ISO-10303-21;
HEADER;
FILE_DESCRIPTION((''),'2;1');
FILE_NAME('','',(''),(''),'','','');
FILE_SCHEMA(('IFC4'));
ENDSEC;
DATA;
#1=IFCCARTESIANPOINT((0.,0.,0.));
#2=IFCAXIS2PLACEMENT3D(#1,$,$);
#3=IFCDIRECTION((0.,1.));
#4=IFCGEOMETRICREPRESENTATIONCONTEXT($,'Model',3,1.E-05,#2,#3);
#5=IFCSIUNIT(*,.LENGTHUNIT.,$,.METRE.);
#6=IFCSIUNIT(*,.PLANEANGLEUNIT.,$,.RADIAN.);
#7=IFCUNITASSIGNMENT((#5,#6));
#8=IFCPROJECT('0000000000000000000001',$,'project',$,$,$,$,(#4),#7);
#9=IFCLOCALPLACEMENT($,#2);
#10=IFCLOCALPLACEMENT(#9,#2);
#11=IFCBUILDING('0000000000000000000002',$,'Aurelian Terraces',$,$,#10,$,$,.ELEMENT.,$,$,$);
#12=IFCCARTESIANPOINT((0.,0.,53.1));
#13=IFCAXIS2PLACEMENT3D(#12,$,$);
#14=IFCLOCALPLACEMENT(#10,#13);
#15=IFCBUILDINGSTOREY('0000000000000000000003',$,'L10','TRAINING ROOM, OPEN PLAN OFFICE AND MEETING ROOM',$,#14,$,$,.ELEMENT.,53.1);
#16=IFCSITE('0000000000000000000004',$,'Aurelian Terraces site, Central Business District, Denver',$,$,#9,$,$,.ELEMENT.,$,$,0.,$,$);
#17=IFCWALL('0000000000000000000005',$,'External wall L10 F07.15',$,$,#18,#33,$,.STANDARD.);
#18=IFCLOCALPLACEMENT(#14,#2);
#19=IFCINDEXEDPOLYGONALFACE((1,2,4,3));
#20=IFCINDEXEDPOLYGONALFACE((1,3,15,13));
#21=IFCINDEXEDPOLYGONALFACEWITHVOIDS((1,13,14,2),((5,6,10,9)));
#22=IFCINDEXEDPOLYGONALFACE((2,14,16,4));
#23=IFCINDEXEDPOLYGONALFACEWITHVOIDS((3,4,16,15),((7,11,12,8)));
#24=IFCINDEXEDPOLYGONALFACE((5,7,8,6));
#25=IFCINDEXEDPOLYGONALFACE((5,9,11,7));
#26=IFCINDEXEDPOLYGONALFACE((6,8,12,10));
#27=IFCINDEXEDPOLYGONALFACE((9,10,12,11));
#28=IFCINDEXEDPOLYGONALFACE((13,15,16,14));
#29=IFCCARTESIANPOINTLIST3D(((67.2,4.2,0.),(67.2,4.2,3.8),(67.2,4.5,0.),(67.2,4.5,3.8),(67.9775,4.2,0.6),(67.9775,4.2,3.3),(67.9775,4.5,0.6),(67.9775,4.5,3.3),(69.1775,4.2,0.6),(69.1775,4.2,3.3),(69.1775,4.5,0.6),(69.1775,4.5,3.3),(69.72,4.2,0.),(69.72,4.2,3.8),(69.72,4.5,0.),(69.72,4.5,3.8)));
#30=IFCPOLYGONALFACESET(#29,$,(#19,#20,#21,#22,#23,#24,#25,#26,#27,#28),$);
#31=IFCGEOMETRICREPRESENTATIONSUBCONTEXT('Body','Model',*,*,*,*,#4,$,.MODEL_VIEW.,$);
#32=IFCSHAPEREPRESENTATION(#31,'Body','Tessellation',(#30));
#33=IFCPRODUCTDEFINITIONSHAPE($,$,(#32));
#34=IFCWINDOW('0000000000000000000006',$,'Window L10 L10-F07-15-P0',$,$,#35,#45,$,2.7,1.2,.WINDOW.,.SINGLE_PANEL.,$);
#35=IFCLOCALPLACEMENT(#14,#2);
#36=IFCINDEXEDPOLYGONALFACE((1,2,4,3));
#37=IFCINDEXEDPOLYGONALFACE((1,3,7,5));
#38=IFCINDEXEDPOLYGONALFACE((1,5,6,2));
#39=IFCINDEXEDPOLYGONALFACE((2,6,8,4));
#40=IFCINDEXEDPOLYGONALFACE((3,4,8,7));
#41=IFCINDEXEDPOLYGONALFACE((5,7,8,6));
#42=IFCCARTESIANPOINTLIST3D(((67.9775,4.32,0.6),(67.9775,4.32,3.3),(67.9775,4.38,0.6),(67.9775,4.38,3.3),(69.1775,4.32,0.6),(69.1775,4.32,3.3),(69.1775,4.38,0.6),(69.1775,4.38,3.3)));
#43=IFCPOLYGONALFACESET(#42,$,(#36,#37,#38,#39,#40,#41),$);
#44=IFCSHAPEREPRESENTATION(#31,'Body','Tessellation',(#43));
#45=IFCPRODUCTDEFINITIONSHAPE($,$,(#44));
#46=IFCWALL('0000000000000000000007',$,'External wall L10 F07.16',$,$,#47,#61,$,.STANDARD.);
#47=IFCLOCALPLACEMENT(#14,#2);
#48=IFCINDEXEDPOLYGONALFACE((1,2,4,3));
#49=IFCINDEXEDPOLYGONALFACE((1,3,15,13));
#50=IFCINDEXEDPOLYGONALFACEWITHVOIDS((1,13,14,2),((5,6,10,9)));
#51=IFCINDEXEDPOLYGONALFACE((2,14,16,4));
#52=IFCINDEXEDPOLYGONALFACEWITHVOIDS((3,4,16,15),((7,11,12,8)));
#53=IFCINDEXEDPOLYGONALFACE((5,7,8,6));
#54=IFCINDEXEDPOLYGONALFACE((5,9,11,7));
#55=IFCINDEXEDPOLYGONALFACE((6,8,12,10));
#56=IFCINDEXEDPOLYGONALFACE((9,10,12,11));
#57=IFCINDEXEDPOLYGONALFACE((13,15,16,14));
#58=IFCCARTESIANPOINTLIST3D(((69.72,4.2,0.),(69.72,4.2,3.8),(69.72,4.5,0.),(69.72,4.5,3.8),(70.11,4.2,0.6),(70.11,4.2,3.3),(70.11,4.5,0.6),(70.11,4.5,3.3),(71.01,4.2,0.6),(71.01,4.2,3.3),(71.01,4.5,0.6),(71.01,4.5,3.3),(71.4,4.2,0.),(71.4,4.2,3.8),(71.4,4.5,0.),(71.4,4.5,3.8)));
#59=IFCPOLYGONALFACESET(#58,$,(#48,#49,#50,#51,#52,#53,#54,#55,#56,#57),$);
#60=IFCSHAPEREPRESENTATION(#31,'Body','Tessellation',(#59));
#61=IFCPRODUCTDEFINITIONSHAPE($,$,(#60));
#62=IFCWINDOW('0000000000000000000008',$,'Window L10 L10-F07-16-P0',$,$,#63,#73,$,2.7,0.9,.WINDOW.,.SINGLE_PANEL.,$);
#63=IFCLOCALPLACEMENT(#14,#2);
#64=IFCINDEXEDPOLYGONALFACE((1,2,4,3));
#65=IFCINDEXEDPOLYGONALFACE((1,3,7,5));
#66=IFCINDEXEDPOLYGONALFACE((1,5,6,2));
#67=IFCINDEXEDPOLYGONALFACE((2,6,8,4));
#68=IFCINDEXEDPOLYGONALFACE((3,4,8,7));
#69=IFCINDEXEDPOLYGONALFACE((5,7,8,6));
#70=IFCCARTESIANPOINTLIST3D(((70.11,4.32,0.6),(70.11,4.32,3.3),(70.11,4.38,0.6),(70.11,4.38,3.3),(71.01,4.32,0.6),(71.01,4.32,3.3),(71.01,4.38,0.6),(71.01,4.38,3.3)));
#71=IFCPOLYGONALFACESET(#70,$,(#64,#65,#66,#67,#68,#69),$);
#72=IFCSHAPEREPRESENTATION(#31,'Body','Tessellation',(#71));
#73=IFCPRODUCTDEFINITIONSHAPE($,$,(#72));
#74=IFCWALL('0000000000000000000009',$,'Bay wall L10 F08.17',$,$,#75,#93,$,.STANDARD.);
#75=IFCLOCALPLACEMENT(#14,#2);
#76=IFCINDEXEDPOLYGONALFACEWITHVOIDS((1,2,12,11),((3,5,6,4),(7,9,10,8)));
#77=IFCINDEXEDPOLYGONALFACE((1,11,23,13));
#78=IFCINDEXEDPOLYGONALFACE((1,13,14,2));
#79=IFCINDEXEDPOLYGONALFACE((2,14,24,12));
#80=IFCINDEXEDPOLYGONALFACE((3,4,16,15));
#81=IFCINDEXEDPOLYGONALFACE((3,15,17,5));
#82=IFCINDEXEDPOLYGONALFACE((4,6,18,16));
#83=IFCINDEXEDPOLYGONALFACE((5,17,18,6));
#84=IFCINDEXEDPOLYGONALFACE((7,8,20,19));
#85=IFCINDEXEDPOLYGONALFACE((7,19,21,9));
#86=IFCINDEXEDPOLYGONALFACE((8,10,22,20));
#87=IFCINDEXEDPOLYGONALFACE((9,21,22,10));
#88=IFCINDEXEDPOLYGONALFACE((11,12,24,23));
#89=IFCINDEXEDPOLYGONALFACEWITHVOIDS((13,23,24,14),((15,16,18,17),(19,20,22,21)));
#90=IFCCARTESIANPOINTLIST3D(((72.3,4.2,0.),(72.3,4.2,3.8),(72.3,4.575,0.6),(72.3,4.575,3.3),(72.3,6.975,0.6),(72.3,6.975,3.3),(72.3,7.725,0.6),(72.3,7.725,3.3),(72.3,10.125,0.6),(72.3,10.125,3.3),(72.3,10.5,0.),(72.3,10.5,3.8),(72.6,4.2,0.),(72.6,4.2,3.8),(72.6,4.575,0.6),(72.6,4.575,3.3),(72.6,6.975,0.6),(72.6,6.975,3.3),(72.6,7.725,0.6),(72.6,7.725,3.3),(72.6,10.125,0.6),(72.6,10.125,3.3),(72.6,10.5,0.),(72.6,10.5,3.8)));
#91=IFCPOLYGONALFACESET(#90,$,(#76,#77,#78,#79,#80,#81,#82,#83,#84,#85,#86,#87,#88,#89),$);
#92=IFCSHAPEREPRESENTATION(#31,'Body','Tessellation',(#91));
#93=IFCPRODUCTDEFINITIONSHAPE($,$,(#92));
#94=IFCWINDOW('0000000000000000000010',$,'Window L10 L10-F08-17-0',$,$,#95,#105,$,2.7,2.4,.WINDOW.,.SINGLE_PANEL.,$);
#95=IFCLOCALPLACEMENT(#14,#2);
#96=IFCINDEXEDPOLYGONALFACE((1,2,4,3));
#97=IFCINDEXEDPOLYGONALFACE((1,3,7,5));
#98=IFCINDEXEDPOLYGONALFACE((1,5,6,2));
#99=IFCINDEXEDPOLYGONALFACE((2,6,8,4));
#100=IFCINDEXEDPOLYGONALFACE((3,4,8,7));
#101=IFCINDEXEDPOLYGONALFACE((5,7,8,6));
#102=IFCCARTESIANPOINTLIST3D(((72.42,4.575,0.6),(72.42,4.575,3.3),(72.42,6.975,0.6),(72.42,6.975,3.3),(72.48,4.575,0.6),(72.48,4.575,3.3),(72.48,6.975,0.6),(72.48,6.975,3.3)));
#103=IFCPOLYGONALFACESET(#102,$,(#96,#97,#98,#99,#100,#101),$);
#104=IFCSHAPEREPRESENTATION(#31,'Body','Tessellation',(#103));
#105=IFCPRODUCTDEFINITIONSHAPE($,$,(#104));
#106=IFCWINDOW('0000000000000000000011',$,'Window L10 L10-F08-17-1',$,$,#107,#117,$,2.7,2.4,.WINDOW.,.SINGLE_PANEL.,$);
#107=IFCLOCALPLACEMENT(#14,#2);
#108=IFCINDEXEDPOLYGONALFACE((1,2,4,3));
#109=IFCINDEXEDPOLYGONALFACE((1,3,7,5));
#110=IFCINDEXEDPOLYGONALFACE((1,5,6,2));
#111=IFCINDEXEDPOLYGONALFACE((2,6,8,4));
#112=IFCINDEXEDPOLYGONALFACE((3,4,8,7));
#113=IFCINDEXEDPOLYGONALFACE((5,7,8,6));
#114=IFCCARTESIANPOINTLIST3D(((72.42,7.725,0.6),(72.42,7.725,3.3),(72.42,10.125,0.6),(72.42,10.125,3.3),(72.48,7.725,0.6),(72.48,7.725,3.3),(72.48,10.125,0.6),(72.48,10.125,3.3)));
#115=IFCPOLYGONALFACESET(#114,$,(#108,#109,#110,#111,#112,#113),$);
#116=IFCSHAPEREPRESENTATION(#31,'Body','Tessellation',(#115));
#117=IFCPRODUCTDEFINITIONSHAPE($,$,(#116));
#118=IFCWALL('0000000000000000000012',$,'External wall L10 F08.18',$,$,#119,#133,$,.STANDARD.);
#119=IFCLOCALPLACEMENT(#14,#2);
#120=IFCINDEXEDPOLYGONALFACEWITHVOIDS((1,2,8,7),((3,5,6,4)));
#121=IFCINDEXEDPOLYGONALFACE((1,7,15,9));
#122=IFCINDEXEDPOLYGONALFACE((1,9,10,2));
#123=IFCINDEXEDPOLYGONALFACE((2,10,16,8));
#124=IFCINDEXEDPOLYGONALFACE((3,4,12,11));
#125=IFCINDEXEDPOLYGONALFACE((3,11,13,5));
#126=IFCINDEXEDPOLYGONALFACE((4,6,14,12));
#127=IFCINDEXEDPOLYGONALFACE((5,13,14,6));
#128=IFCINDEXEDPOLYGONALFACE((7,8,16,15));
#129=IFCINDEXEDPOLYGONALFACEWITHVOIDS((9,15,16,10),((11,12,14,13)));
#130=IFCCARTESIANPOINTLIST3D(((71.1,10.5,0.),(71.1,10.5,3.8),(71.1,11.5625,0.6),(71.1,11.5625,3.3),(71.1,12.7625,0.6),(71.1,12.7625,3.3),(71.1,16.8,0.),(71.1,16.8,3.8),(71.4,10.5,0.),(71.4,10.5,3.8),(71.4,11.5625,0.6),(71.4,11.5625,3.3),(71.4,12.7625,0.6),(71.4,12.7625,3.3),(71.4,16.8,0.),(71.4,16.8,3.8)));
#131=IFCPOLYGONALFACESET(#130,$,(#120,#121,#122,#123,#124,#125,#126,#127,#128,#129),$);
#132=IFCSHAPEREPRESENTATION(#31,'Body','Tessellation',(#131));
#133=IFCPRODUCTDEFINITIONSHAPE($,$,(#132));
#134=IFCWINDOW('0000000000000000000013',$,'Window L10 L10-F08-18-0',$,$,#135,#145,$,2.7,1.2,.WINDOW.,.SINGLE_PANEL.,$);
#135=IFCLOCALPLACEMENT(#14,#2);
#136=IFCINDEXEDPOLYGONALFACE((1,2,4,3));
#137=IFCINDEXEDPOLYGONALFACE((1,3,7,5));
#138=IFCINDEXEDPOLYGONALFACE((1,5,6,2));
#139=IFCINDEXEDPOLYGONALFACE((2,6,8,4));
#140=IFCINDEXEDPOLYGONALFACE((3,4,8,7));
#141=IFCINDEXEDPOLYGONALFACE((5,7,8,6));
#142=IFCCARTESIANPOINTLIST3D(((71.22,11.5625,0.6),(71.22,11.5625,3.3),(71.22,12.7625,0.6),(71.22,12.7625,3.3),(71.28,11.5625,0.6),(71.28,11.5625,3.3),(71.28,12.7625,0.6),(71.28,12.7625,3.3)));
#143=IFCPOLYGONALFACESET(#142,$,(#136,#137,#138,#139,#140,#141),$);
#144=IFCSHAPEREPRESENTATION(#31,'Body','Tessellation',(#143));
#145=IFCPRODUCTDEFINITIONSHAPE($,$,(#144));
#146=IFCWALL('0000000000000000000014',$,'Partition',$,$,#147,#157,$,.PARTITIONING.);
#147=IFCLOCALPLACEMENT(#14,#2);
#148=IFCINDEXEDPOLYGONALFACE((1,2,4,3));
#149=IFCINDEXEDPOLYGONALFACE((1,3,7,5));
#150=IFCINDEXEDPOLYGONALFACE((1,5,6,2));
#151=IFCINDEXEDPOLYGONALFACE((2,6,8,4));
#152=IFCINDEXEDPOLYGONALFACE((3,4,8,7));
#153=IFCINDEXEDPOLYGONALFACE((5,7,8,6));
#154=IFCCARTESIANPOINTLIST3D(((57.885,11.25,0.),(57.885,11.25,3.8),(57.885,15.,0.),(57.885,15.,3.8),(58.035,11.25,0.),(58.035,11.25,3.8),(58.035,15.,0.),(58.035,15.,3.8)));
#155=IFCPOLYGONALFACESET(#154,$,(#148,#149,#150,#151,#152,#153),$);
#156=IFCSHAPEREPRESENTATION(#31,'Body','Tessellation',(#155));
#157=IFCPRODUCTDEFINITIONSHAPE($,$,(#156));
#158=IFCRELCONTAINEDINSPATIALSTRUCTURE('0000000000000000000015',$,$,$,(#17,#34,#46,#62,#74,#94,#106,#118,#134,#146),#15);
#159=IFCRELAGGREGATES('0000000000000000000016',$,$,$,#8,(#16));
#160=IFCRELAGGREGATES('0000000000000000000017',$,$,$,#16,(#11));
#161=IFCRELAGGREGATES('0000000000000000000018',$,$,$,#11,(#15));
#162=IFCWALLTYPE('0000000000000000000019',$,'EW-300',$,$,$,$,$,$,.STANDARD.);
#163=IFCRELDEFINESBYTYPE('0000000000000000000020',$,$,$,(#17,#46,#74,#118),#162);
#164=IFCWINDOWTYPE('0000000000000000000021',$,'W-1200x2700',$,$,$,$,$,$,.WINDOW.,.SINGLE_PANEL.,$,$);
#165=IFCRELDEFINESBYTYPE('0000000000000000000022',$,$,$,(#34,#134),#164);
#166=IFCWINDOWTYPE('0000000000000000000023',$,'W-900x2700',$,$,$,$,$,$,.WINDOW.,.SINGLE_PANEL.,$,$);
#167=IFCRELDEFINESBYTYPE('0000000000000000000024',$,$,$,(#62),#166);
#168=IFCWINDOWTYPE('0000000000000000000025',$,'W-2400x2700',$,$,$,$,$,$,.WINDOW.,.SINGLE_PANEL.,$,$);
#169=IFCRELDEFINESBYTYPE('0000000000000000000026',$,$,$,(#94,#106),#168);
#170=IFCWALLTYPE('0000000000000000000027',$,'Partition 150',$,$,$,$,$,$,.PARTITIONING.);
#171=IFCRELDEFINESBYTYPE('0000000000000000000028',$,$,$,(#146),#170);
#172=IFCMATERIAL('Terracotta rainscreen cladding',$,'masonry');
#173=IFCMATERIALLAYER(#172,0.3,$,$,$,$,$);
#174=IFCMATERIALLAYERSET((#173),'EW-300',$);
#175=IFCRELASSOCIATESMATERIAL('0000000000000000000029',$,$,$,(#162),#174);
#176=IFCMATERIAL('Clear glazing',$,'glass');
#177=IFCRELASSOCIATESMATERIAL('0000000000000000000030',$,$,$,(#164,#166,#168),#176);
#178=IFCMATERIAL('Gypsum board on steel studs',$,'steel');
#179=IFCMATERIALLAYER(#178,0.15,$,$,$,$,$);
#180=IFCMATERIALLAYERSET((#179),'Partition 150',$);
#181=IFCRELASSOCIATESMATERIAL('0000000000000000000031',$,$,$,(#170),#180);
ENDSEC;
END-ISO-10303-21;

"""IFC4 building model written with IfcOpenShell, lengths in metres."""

from ifc_helpers import new_model, si_unit, direction, frame, frame_2d, origin, place, context, subcontext, project, spatial, rectangle, extrude, source, transform, mapped, material, layer, layer_set, type_object, element, fill, save


model = new_model("IFC4")

# Units and contexts
model_context = context("Model", 3, precision=1e-05, world=origin(), true_north=direction((0.0, 1.0)))
body_context = subcontext(model_context, "Body", "Model", "MODEL_VIEW")
ifc_project = project(units=[si_unit("LENGTHUNIT", "METRE"), si_unit("PLANEANGLEUNIT", "RADIAN")], contexts=[model_context])

# Site, building, storey
site_placement = place(None, origin())
site = spatial("IfcSite", under=ifc_project, at=site_placement, Name="Aurelian Terraces site, Central Business District, Denver", CompositionType="ELEMENT", RefElevation=0.0)
building_placement = place(site_placement, origin())
building = spatial("IfcBuilding", under=site, at=building_placement, Name="Aurelian Terraces", CompositionType="ELEMENT")
storey_placement = place(building_placement, frame((0.0, 0.0, 53.1)))
storey = spatial("IfcBuildingStorey", under=building, at=storey_placement, Name="L10", Description="TRAINING ROOM, OPEN PLAN OFFICE AND MEETING ROOM", CompositionType="ELEMENT", Elevation=53.1)

# Shared definitions
ifc_material_1 = material(Name="Terracotta rainscreen cladding", Category="masonry")
ifc_layer_1 = layer(ifc_material_1, 0.3)
ifc_layer_set_1 = layer_set([ifc_layer_1], Name="EW-300")
wall_type_1 = type_object("IfcWallType", Name="EW-300", PredefinedType="STANDARD", material=ifc_layer_set_1)
ifc_material_2 = material(Name="Clear glazing", Category="glass")

# Walls, openings, windows
shared_shape_1 = source(origin(), body_context, "Body", "SweptSolid", [
    extrude(rectangle(XDim=2.52, YDim=0.3, at=frame_2d((1.26, 0.0))), origin(), (0.0, 0.0, 1.0), 3.8),
])
wall_1_placement = place(storey_placement, frame((67.2, 4.35, 0.0), z_axis=(0.0, 0.0, 1.0), x_axis=(1.0, 0.0, 0.0)))
wall_1 = element("IfcWall", 1, at=wall_1_placement, inside=storey, type_object=wall_type_1, Name="External wall L10 F07.15", PredefinedType="STANDARD", context=body_context, shape_type="MappedRepresentation", body=[
    mapped(shared_shape_1, transform((0.0, 0.0, 0.0), scale=1.0)),
])
shared_shape_2 = source(origin(), body_context, "Body", "SweptSolid", [
    extrude(rectangle(XDim=1.2, YDim=2.7, at=frame_2d((0.6, 1.35))), frame((0.0, 0.16, 0.0), z_axis=(0.0, -1.0, 0.0), x_axis=(1.0, 0.0, 0.0)), (0.0, 0.0, 1.0), 0.32),
])
opening_1_placement = place(wall_1_placement, frame((0.7775, 0.0, 0.6)))
opening_1 = element("IfcOpeningElement", 2, at=opening_1_placement, cuts=wall_1, PredefinedType="OPENING", context=body_context, shape_type="MappedRepresentation", body=[
    mapped(shared_shape_2, transform((0.0, 0.0, 0.0), scale=1.0)),
])
window_type_1 = type_object("IfcWindowType", Name="W-1200x2700", PartitioningType="SINGLE_PANEL", PredefinedType="WINDOW", material=ifc_material_2)
shared_shape_3 = source(origin(), body_context, "Body", "SweptSolid", [
    extrude(rectangle(XDim=1.2, YDim=2.7, at=frame_2d((0.6, 1.35))), frame((0.0, 0.03, 0.0), z_axis=(0.0, -1.0, 0.0), x_axis=(1.0, 0.0, 0.0)), (0.0, 0.0, 1.0), 0.06),
])
window_1_placement = place(opening_1_placement, origin())
window_1 = element("IfcWindow", 3, at=window_1_placement, inside=storey, type_object=window_type_1, Name="Window L10 L10-F07-15-P0", OverallHeight=2.7, OverallWidth=1.2, PartitioningType="SINGLE_PANEL", PredefinedType="WINDOW", context=body_context, shape_type="MappedRepresentation", body=[
    mapped(shared_shape_3, transform((0.0, 0.0, 0.0), scale=1.0)),
])
fill(opening_1, window_1)
shared_shape_4 = source(origin(), body_context, "Body", "SweptSolid", [
    extrude(rectangle(XDim=1.68, YDim=0.3, at=frame_2d((0.84, 0.0))), origin(), (0.0, 0.0, 1.0), 3.8),
])
wall_2_placement = place(storey_placement, frame((69.72, 4.35, 0.0), z_axis=(0.0, 0.0, 1.0), x_axis=(1.0, 0.0, 0.0)))
wall_2 = element("IfcWall", 4, at=wall_2_placement, inside=storey, type_object=wall_type_1, Name="External wall L10 F07.16", PredefinedType="STANDARD", context=body_context, shape_type="MappedRepresentation", body=[
    mapped(shared_shape_4, transform((0.0, 0.0, 0.0), scale=1.0)),
])
shared_shape_5 = source(origin(), body_context, "Body", "SweptSolid", [
    extrude(rectangle(XDim=0.9, YDim=2.7, at=frame_2d((0.45, 1.35))), frame((0.0, 0.16, 0.0), z_axis=(0.0, -1.0, 0.0), x_axis=(1.0, 0.0, 0.0)), (0.0, 0.0, 1.0), 0.32),
])
opening_2_placement = place(wall_2_placement, frame((0.39, 0.0, 0.6)))
opening_2 = element("IfcOpeningElement", 5, at=opening_2_placement, cuts=wall_2, PredefinedType="OPENING", context=body_context, shape_type="MappedRepresentation", body=[
    mapped(shared_shape_5, transform((0.0, 0.0, 0.0), scale=1.0)),
])
window_type_2 = type_object("IfcWindowType", Name="W-900x2700", PartitioningType="SINGLE_PANEL", PredefinedType="WINDOW", material=ifc_material_2)
shared_shape_6 = source(origin(), body_context, "Body", "SweptSolid", [
    extrude(rectangle(XDim=0.9, YDim=2.7, at=frame_2d((0.45, 1.35))), frame((0.0, 0.03, 0.0), z_axis=(0.0, -1.0, 0.0), x_axis=(1.0, 0.0, 0.0)), (0.0, 0.0, 1.0), 0.06),
])
window_2_placement = place(opening_2_placement, origin())
window_2 = element("IfcWindow", 6, at=window_2_placement, inside=storey, type_object=window_type_2, Name="Window L10 L10-F07-16-P0", OverallHeight=2.7, OverallWidth=0.9, PartitioningType="SINGLE_PANEL", PredefinedType="WINDOW", context=body_context, shape_type="MappedRepresentation", body=[
    mapped(shared_shape_6, transform((0.0, 0.0, 0.0), scale=1.0)),
])
fill(opening_2, window_2)

# Wall, openings, windows
shared_shape_7 = source(origin(), body_context, "Body", "SweptSolid", [
    extrude(rectangle(XDim=6.3, YDim=0.3, at=frame_2d((3.15, 0.0))), origin(), (0.0, 0.0, 1.0), 3.8),
])
wall_3_placement = place(storey_placement, frame((72.45, 4.2, 0.0), z_axis=(0.0, 0.0, 1.0), x_axis=(0.0, 1.0, 0.0)))
wall_3 = element("IfcWall", 7, at=wall_3_placement, inside=storey, type_object=wall_type_1, Name="Bay wall L10 F08.17", PredefinedType="STANDARD", context=body_context, shape_type="MappedRepresentation", body=[
    mapped(shared_shape_7, transform((0.0, 0.0, 0.0), scale=1.0)),
])
shared_shape_8 = source(origin(), body_context, "Body", "SweptSolid", [
    extrude(rectangle(XDim=2.4, YDim=2.7, at=frame_2d((1.2, 1.35))), frame((0.0, 0.16, 0.0), z_axis=(0.0, -1.0, 0.0), x_axis=(1.0, 0.0, 0.0)), (0.0, 0.0, 1.0), 0.32),
])
opening_3_placement = place(wall_3_placement, frame((0.375, 0.0, 0.6)))
opening_3 = element("IfcOpeningElement", 8, at=opening_3_placement, cuts=wall_3, PredefinedType="OPENING", context=body_context, shape_type="MappedRepresentation", body=[
    mapped(shared_shape_8, transform((0.0, 0.0, 0.0), scale=1.0)),
])
opening_4_placement = place(wall_3_placement, frame((3.525, 0.0, 0.6)))
opening_4 = element("IfcOpeningElement", 9, at=opening_4_placement, cuts=wall_3, PredefinedType="OPENING", context=body_context, shape_type="MappedRepresentation", body=[
    mapped(shared_shape_8, transform((0.0, 0.0, 0.0), scale=1.0)),
])
window_type_3 = type_object("IfcWindowType", Name="W-2400x2700", PartitioningType="SINGLE_PANEL", PredefinedType="WINDOW", material=ifc_material_2)
shared_shape_9 = source(origin(), body_context, "Body", "SweptSolid", [
    extrude(rectangle(XDim=2.4, YDim=2.7, at=frame_2d((1.2, 1.35))), frame((0.0, 0.03, 0.0), z_axis=(0.0, -1.0, 0.0), x_axis=(1.0, 0.0, 0.0)), (0.0, 0.0, 1.0), 0.06),
])
window_3_placement = place(opening_3_placement, origin())
window_3 = element("IfcWindow", 10, at=window_3_placement, inside=storey, type_object=window_type_3, Name="Window L10 L10-F08-17-0", OverallHeight=2.7, OverallWidth=2.4, PartitioningType="SINGLE_PANEL", PredefinedType="WINDOW", context=body_context, shape_type="MappedRepresentation", body=[
    mapped(shared_shape_9, transform((0.0, 0.0, 0.0), scale=1.0)),
])
fill(opening_3, window_3)
window_4_placement = place(opening_4_placement, origin())
window_4 = element("IfcWindow", 11, at=window_4_placement, inside=storey, type_object=window_type_3, Name="Window L10 L10-F08-17-1", OverallHeight=2.7, OverallWidth=2.4, PartitioningType="SINGLE_PANEL", PredefinedType="WINDOW", context=body_context, shape_type="MappedRepresentation", body=[
    mapped(shared_shape_9, transform((0.0, 0.0, 0.0), scale=1.0)),
])
fill(opening_4, window_4)

# Wall, opening, window
wall_4_placement = place(storey_placement, frame((71.25, 10.5, 0.0), z_axis=(0.0, 0.0, 1.0), x_axis=(0.0, 1.0, 0.0)))
wall_4 = element("IfcWall", 12, at=wall_4_placement, inside=storey, type_object=wall_type_1, Name="External wall L10 F08.18", PredefinedType="STANDARD", context=body_context, shape_type="MappedRepresentation", body=[
    mapped(shared_shape_7, transform((0.0, 0.0, 0.0), scale=1.0)),
])
opening_5_placement = place(wall_4_placement, frame((1.0625, 0.0, 0.6)))
opening_5 = element("IfcOpeningElement", 13, at=opening_5_placement, cuts=wall_4, PredefinedType="OPENING", context=body_context, shape_type="MappedRepresentation", body=[
    mapped(shared_shape_2, transform((0.0, 0.0, 0.0), scale=1.0)),
])
window_5_placement = place(opening_5_placement, origin())
window_5 = element("IfcWindow", 14, at=window_5_placement, inside=storey, type_object=window_type_1, Name="Window L10 L10-F08-18-0", OverallHeight=2.7, OverallWidth=1.2, PartitioningType="SINGLE_PANEL", PredefinedType="WINDOW", context=body_context, shape_type="MappedRepresentation", body=[
    mapped(shared_shape_3, transform((0.0, 0.0, 0.0), scale=1.0)),
])
fill(opening_5, window_5)

# Wall
ifc_material_3 = material(Name="Gypsum board on steel studs", Category="steel")
ifc_layer_2 = layer(ifc_material_3, 0.15)
ifc_layer_set_2 = layer_set([ifc_layer_2], Name="Partition 150")
wall_type_2 = type_object("IfcWallType", Name="Partition 150", PredefinedType="PARTITIONING", material=ifc_layer_set_2)
shared_shape_10 = source(origin(), body_context, "Body", "SweptSolid", [
    extrude(rectangle(XDim=3.75, YDim=0.15, at=frame_2d((1.875, 0.0))), origin(), (0.0, 0.0, 1.0), 3.8),
])
for number, where, z_axis, x_axis, name in (
    (15, (57.96, 11.25, 0.0), (0.0, 0.0, 1.0), (0.0, 1.0, 0.0), "Partition"),
):
    element("IfcWall", number, at=place(storey_placement, frame(where, z_axis=z_axis, x_axis=x_axis)), inside=storey, type_object=wall_type_2, Name=name, PredefinedType="PARTITIONING", context=body_context, shape_type="MappedRepresentation", body=[
        mapped(shared_shape_10, transform((0.0, 0.0, 0.0), scale=1.0)),
    ])

save(model, "model.ifc")
